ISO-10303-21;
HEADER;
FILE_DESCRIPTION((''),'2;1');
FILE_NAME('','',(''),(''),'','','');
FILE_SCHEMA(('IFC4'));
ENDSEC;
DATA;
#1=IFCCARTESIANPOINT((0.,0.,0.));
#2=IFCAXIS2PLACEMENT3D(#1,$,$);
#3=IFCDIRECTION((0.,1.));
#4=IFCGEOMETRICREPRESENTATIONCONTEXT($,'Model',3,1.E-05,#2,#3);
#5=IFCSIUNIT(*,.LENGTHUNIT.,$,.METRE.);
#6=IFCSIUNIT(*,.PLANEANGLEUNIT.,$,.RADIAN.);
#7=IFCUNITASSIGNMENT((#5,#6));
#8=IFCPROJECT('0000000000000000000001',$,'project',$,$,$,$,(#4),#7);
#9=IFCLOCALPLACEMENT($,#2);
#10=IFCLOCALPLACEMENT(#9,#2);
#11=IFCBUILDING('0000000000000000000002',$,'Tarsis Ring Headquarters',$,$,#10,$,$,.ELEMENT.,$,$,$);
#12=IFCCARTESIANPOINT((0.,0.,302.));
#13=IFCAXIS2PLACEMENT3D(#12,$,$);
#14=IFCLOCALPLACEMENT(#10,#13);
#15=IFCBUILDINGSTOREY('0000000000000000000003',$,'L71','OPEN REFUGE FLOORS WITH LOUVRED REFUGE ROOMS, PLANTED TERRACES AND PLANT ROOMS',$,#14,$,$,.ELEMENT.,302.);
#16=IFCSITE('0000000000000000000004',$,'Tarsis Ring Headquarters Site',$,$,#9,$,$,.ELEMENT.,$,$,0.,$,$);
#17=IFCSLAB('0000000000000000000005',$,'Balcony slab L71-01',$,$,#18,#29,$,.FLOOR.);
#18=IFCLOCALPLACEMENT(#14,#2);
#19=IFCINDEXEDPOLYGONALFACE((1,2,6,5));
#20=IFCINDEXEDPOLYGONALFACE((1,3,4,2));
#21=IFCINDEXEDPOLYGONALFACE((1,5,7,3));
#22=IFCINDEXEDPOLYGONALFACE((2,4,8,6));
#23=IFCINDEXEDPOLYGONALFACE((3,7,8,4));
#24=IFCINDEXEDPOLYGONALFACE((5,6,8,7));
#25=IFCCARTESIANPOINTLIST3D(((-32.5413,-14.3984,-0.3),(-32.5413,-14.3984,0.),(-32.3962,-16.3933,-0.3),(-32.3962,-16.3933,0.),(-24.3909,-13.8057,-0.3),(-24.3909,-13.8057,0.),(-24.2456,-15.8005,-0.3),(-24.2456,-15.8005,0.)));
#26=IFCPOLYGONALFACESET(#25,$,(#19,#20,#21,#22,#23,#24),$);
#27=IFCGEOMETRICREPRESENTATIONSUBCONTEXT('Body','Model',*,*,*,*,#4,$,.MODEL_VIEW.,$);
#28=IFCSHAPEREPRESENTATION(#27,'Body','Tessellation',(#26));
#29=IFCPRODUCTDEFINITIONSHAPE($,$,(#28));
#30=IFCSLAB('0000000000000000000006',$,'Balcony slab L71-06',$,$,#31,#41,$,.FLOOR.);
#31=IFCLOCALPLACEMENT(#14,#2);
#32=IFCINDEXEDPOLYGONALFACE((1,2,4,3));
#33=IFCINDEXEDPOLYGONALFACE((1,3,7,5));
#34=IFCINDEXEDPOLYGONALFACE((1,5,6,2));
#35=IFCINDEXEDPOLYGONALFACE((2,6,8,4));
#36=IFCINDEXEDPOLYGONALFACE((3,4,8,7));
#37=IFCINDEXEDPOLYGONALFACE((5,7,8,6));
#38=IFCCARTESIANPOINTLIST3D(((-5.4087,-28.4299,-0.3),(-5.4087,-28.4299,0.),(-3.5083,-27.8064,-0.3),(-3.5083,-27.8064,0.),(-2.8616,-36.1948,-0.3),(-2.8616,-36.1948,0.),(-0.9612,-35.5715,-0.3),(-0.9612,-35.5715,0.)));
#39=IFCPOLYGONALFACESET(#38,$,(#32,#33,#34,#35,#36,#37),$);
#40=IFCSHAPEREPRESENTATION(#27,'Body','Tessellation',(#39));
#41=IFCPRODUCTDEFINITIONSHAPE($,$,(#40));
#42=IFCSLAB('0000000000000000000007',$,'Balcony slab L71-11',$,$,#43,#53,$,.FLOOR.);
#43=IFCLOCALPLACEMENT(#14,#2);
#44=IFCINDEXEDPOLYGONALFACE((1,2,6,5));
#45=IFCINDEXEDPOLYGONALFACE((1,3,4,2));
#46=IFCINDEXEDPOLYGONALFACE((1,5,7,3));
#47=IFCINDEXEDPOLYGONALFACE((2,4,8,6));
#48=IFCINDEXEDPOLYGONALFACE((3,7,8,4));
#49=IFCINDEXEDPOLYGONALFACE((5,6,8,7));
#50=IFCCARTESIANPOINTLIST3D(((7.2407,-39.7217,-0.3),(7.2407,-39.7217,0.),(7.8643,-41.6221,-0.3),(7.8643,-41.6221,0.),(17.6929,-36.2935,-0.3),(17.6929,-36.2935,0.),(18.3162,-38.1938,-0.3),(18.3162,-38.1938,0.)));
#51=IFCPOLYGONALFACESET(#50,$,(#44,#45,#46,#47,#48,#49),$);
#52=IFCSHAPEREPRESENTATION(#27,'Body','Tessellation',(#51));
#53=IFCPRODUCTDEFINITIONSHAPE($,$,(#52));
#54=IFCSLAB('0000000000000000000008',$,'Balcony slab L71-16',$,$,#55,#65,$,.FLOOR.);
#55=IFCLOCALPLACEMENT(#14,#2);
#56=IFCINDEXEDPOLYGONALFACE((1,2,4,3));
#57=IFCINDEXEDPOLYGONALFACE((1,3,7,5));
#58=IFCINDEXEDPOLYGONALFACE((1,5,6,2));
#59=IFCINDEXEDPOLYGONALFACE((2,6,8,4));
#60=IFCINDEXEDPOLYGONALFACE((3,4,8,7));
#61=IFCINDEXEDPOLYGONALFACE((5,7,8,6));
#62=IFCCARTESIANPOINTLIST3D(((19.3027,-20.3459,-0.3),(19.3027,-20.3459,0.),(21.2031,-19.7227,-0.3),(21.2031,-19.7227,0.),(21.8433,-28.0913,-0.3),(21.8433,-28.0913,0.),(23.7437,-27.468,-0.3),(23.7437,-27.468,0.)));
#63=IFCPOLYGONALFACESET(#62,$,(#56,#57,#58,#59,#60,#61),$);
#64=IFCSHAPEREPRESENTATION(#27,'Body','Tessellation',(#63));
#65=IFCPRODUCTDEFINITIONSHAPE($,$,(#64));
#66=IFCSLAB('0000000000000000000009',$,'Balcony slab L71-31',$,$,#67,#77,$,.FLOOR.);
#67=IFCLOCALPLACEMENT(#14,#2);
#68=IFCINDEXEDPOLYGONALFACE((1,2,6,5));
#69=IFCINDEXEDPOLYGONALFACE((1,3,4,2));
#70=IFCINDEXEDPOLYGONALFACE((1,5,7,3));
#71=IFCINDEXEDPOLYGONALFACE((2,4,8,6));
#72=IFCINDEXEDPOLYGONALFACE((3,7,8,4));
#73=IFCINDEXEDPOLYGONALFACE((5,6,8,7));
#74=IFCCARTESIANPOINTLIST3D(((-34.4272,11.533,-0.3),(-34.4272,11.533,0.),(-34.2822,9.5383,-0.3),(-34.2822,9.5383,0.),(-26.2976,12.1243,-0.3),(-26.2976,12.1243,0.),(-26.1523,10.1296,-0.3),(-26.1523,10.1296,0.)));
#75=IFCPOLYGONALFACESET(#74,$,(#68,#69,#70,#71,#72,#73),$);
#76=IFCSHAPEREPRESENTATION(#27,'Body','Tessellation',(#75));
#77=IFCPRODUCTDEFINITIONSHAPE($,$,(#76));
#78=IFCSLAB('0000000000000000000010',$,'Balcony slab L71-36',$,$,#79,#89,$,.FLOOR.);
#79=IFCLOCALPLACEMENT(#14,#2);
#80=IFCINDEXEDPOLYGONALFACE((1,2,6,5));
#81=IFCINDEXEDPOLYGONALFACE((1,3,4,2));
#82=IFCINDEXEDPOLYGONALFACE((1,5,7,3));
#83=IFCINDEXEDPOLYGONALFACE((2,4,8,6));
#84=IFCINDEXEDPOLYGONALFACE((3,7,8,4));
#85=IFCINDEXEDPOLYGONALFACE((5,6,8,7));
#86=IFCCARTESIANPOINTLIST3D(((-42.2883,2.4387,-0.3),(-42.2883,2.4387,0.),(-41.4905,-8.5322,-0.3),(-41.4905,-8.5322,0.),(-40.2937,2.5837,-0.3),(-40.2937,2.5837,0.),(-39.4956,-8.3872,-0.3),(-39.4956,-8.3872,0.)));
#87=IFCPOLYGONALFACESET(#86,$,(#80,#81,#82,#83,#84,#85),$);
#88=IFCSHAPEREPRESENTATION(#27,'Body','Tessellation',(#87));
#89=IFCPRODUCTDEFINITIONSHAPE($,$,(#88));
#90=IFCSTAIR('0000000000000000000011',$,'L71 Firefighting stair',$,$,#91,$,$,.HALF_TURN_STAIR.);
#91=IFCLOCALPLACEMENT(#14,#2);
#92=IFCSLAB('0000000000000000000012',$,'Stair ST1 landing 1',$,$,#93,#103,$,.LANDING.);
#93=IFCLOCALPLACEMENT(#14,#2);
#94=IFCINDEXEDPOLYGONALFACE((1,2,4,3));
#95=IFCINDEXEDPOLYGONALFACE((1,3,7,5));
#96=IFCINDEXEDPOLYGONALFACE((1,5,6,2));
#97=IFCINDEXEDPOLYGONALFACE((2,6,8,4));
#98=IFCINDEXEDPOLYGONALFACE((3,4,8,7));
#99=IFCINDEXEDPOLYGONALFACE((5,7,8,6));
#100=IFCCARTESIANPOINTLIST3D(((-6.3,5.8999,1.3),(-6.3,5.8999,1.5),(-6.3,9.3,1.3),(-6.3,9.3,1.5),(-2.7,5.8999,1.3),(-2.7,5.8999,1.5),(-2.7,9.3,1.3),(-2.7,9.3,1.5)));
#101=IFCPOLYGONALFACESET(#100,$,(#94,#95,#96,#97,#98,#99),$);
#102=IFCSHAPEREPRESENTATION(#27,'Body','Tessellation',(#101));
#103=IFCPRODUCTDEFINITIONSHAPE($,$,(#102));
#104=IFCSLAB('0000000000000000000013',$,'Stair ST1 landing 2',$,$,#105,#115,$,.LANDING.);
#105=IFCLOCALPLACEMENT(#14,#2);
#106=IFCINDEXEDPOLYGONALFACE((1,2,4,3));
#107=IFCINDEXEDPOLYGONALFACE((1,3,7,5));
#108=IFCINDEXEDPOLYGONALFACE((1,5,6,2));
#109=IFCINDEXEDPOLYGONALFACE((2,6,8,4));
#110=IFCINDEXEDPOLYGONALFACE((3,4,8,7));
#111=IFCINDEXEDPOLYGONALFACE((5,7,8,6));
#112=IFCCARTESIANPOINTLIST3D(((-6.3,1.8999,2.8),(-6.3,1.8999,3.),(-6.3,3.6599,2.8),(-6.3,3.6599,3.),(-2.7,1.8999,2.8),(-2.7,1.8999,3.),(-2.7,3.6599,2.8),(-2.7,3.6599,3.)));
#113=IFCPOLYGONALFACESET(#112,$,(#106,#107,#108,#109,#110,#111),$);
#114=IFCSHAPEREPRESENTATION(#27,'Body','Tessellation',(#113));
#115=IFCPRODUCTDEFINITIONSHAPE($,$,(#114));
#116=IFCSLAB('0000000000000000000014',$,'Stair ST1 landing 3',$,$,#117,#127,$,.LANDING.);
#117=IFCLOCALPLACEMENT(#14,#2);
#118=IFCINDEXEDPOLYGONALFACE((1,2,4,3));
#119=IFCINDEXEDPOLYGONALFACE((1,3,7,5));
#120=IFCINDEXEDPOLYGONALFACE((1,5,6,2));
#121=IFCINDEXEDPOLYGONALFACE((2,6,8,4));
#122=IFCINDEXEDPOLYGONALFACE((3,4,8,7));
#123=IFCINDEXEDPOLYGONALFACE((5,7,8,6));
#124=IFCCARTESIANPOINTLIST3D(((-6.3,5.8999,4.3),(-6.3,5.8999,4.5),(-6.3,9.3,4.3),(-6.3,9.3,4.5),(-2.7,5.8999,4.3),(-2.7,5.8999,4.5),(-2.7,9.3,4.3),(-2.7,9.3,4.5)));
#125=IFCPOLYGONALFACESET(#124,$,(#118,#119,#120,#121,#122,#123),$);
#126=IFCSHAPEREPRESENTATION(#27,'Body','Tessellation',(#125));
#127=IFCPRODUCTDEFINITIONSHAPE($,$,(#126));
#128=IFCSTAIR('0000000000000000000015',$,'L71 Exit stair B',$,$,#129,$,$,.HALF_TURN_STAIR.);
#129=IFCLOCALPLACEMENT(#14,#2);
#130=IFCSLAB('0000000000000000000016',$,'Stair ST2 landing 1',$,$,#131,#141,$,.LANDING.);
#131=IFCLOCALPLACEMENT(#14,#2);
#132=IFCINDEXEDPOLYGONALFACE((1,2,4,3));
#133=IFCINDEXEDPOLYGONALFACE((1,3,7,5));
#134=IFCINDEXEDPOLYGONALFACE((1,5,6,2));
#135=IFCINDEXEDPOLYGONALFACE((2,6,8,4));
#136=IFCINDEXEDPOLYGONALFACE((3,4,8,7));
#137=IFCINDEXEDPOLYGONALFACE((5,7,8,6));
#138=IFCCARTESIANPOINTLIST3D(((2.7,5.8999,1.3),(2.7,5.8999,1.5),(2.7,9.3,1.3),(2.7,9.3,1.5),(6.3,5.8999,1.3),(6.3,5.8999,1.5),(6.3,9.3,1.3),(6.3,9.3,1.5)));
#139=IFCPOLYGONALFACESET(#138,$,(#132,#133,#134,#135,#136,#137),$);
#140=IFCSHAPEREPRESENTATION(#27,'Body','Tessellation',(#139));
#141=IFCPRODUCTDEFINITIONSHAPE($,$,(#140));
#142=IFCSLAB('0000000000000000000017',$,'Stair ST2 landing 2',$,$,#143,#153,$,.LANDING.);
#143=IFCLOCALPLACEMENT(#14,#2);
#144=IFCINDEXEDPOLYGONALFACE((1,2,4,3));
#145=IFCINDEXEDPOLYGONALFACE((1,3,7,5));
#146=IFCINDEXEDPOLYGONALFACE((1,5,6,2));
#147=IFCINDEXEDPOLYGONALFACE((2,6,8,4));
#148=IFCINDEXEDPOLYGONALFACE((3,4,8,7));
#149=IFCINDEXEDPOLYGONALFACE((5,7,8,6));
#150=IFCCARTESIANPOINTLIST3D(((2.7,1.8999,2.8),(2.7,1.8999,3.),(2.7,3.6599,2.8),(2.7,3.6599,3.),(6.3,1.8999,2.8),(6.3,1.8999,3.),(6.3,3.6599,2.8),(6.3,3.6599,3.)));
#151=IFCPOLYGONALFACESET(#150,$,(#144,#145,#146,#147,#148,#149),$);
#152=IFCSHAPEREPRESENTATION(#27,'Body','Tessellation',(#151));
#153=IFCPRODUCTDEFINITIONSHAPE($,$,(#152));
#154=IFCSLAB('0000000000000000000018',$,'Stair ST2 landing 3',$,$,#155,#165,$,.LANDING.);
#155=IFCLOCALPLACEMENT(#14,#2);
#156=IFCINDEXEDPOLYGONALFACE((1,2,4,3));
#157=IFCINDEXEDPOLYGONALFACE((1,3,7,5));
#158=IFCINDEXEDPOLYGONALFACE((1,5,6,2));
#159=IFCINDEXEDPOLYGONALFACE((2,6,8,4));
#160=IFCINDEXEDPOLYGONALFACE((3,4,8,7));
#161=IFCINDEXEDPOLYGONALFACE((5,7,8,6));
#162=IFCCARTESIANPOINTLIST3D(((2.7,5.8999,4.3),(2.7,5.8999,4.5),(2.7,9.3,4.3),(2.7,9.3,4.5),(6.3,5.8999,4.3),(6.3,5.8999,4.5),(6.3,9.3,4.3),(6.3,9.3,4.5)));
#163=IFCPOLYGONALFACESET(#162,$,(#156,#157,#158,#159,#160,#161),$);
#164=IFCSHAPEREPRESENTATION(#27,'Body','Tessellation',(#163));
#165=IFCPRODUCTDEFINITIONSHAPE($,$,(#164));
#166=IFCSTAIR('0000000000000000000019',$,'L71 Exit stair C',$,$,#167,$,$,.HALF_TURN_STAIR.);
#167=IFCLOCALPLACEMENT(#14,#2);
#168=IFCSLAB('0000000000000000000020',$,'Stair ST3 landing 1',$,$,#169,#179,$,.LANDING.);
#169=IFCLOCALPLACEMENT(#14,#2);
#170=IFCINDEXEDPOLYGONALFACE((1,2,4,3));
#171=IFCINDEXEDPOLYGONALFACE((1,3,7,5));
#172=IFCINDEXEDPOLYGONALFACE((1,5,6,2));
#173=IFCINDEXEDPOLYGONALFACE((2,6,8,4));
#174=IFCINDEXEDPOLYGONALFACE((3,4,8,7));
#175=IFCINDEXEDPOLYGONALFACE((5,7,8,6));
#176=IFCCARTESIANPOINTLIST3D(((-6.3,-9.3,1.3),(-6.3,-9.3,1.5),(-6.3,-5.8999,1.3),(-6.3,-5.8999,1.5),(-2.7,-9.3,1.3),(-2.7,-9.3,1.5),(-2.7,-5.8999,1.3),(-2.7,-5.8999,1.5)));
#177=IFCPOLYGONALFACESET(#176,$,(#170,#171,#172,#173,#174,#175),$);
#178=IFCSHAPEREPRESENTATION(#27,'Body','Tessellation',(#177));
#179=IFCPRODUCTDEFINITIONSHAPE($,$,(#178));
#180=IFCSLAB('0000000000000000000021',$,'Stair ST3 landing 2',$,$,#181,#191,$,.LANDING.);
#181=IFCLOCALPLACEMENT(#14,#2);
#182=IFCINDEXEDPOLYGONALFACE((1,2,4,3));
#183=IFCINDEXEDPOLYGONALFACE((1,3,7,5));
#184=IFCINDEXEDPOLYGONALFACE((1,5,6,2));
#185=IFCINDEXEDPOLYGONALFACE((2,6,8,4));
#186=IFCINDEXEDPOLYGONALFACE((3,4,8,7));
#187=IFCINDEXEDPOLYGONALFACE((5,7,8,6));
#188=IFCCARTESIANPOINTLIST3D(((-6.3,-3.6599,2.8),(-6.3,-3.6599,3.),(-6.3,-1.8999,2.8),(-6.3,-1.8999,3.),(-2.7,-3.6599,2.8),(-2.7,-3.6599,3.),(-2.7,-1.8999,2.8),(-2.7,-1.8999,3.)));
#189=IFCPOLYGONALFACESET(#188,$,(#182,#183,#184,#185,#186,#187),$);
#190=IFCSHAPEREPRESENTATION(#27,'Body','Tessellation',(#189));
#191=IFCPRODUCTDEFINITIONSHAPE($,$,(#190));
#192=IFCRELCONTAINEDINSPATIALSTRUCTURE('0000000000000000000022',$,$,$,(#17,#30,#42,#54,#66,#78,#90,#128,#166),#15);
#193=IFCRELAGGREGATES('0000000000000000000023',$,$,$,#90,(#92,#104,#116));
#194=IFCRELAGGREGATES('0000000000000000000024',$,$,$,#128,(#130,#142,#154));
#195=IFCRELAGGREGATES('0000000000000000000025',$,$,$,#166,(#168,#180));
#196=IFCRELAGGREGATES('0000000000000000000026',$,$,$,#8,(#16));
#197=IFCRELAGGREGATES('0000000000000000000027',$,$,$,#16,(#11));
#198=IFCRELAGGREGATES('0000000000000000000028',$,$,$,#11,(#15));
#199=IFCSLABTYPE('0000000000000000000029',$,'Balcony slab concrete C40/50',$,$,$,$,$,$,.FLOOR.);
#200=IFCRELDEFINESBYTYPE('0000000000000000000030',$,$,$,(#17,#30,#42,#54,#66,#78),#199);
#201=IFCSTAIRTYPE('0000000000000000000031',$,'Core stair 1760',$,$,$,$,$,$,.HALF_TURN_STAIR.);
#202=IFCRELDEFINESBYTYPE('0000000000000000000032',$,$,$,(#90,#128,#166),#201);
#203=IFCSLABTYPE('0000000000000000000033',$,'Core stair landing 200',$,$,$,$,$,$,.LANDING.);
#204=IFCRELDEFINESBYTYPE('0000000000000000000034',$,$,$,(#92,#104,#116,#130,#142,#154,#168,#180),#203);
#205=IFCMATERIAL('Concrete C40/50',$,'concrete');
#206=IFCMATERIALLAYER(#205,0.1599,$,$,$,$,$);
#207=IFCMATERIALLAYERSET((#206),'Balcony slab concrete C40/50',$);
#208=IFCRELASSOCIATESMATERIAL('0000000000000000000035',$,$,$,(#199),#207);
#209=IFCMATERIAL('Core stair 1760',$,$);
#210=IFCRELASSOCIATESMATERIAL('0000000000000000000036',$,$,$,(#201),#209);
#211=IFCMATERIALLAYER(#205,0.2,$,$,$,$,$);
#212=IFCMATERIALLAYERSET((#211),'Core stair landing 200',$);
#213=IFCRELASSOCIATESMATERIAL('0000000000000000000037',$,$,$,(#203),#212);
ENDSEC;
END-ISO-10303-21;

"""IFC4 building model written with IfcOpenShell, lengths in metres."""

from ifc_helpers import new_model, si_unit, direction, frame, origin, place, context, subcontext, project, spatial, polyline, outline, extrude, material, layer, layer_set, type_object, element, aggregate, save


model = new_model("IFC4")

# Units and contexts
model_context = context("Model", 3, precision=1e-05, world=origin(), true_north=direction((0.0, 1.0)))
body_context = subcontext(model_context, "Body", "Model", "MODEL_VIEW")
ifc_project = project(units=[si_unit("LENGTHUNIT", "METRE"), si_unit("PLANEANGLEUNIT", "RADIAN")], contexts=[model_context])

# Site, building, storey
site_placement = place(None, origin())
site = spatial("IfcSite", under=ifc_project, at=site_placement, Name="Tarsis Ring Headquarters Site", CompositionType="ELEMENT", RefElevation=0.0)
building_placement = place(site_placement, origin())
building = spatial("IfcBuilding", under=site, at=building_placement, Name="Tarsis Ring Headquarters", CompositionType="ELEMENT")
storey_placement = place(building_placement, frame((0.0, 0.0, 302.0)))
storey = spatial("IfcBuildingStorey", under=building, at=storey_placement, Name="L71", Description="OPEN REFUGE FLOORS WITH LOUVRED REFUGE ROOMS, PLANTED TERRACES AND PLANT ROOMS", CompositionType="ELEMENT", Elevation=302.0)

# Slabs
ifc_material_1 = material(Name="Concrete C40/50", Category="concrete")
ifc_layer_1 = layer(ifc_material_1, 0.1599)
ifc_layer_set_1 = layer_set([ifc_layer_1], Name="Balcony slab concrete C40/50")
slab_type_1 = type_object("IfcSlabType", Name="Balcony slab concrete C40/50", PredefinedType="FLOOR", material=ifc_layer_set_1)
slab_1_placement = place(storey_placement, frame((0.0, 0.0, -0.3)))
element("IfcSlab", 1, at=slab_1_placement, inside=storey, type_object=slab_type_1, Name="Balcony slab L71-01", PredefinedType="FLOOR", context=body_context, shape_type="SweptSolid", body=[
    extrude(outline(polyline([(-32.5413, -14.3984), (-32.3962, -16.3933), (-24.2456, -15.8005), (-24.3909, -13.8057), (-32.5413, -14.3984)])), origin(), (0.0, 0.0, 1.0), 0.3),
])
slab_2_placement = place(storey_placement, frame((0.0, 0.0, -0.3)))
element("IfcSlab", 2, at=slab_2_placement, inside=storey, type_object=slab_type_1, Name="Balcony slab L71-06", PredefinedType="FLOOR", context=body_context, shape_type="SweptSolid", body=[
    extrude(outline(polyline([(-3.5083, -27.8064), (-5.4087, -28.4299), (-2.8616, -36.1948), (-0.9612, -35.5715), (-3.5083, -27.8064)])), origin(), (0.0, 0.0, 1.0), 0.3),
])
slab_3_placement = place(storey_placement, frame((0.0, 0.0, -0.3)))
element("IfcSlab", 3, at=slab_3_placement, inside=storey, type_object=slab_type_1, Name="Balcony slab L71-11", PredefinedType="FLOOR", context=body_context, shape_type="SweptSolid", body=[
    extrude(outline(polyline([(7.2407, -39.7217), (7.8643, -41.6221), (18.3162, -38.1938), (17.6929, -36.2935), (7.2407, -39.7217)])), origin(), (0.0, 0.0, 1.0), 0.3),
])
slab_4_placement = place(storey_placement, frame((0.0, 0.0, -0.3)))
element("IfcSlab", 4, at=slab_4_placement, inside=storey, type_object=slab_type_1, Name="Balcony slab L71-16", PredefinedType="FLOOR", context=body_context, shape_type="SweptSolid", body=[
    extrude(outline(polyline([(21.8433, -28.0913), (23.7437, -27.468), (21.2031, -19.7227), (19.3027, -20.3459), (21.8433, -28.0913)])), origin(), (0.0, 0.0, 1.0), 0.3),
])
slab_5_placement = place(storey_placement, frame((0.0, 0.0, -0.3)))
element("IfcSlab", 5, at=slab_5_placement, inside=storey, type_object=slab_type_1, Name="Balcony slab L71-31", PredefinedType="FLOOR", context=body_context, shape_type="SweptSolid", body=[
    extrude(outline(polyline([(-26.1523, 10.1296), (-26.2976, 12.1243), (-34.4272, 11.533), (-34.2822, 9.5383), (-26.1523, 10.1296)])), origin(), (0.0, 0.0, 1.0), 0.3),
])
slab_6_placement = place(storey_placement, frame((0.0, 0.0, -0.3)))
element("IfcSlab", 6, at=slab_6_placement, inside=storey, type_object=slab_type_1, Name="Balcony slab L71-36", PredefinedType="FLOOR", context=body_context, shape_type="SweptSolid", body=[
    extrude(outline(polyline([(-40.2937, 2.5837), (-42.2883, 2.4387), (-41.4905, -8.5322), (-39.4956, -8.3872), (-40.2937, 2.5837)])), origin(), (0.0, 0.0, 1.0), 0.3),
])

# Stairs, slabs
ifc_material_2 = material(Name="Core stair 1760")
stair_type = type_object("IfcStairType", Name="Core stair 1760", PredefinedType="HALF_TURN_STAIR", material=ifc_material_2)
stair_1_placement = place(storey_placement, origin())
stair_1 = element("IfcStair", 7, at=stair_1_placement, inside=storey, type_object=stair_type, Name="L71 Firefighting stair", PredefinedType="HALF_TURN_STAIR")
ifc_layer_2 = layer(ifc_material_1, 0.2)
ifc_layer_set_2 = layer_set([ifc_layer_2], Name="Core stair landing 200")
slab_type_2 = type_object("IfcSlabType", Name="Core stair landing 200", PredefinedType="LANDING", material=ifc_layer_set_2)
slab_7_placement = place(storey_placement, frame((0.0, 0.0, 1.3)))
slab_7 = element("IfcSlab", 8, at=slab_7_placement, type_object=slab_type_2, Name="Stair ST1 landing 1", PredefinedType="LANDING", context=body_context, shape_type="SweptSolid", body=[
    extrude(outline(polyline([(-2.7, 5.8999), (-2.7, 9.3), (-6.3, 9.3), (-6.3, 5.8999), (-2.7, 5.8999)])), origin(), (0.0, 0.0, 1.0), 0.2),
])
slab_8_placement = place(storey_placement, frame((0.0, 0.0, 2.8)))
slab_8 = element("IfcSlab", 9, at=slab_8_placement, type_object=slab_type_2, Name="Stair ST1 landing 2", PredefinedType="LANDING", context=body_context, shape_type="SweptSolid", body=[
    extrude(outline(polyline([(-2.7, 1.8999), (-2.7, 3.6599), (-6.3, 3.6599), (-6.3, 1.8999), (-2.7, 1.8999)])), origin(), (0.0, 0.0, 1.0), 0.2),
])
slab_9_placement = place(storey_placement, frame((0.0, 0.0, 4.3)))
slab_9 = element("IfcSlab", 10, at=slab_9_placement, type_object=slab_type_2, Name="Stair ST1 landing 3", PredefinedType="LANDING", context=body_context, shape_type="SweptSolid", body=[
    extrude(outline(polyline([(-2.7, 5.8999), (-2.7, 9.3), (-6.3, 9.3), (-6.3, 5.8999), (-2.7, 5.8999)])), origin(), (0.0, 0.0, 1.0), 0.2),
])
aggregate(stair_1, [slab_7, slab_8, slab_9])
stair_2_placement = place(storey_placement, origin())
stair_2 = element("IfcStair", 11, at=stair_2_placement, inside=storey, type_object=stair_type, Name="L71 Exit stair B", PredefinedType="HALF_TURN_STAIR")
slab_10_placement = place(storey_placement, frame((0.0, 0.0, 1.3)))
slab_10 = element("IfcSlab", 12, at=slab_10_placement, type_object=slab_type_2, Name="Stair ST2 landing 1", PredefinedType="LANDING", context=body_context, shape_type="SweptSolid", body=[
    extrude(outline(polyline([(6.3, 5.8999), (6.3, 9.3), (2.7, 9.3), (2.7, 5.8999), (6.3, 5.8999)])), origin(), (0.0, 0.0, 1.0), 0.2),
])
slab_11_placement = place(storey_placement, frame((0.0, 0.0, 2.8)))
slab_11 = element("IfcSlab", 13, at=slab_11_placement, type_object=slab_type_2, Name="Stair ST2 landing 2", PredefinedType="LANDING", context=body_context, shape_type="SweptSolid", body=[
    extrude(outline(polyline([(6.3, 1.8999), (6.3, 3.6599), (2.7, 3.6599), (2.7, 1.8999), (6.3, 1.8999)])), origin(), (0.0, 0.0, 1.0), 0.2),
])
slab_12_placement = place(storey_placement, frame((0.0, 0.0, 4.3)))
slab_12 = element("IfcSlab", 14, at=slab_12_placement, type_object=slab_type_2, Name="Stair ST2 landing 3", PredefinedType="LANDING", context=body_context, shape_type="SweptSolid", body=[
    extrude(outline(polyline([(6.3, 5.8999), (6.3, 9.3), (2.7, 9.3), (2.7, 5.8999), (6.3, 5.8999)])), origin(), (0.0, 0.0, 1.0), 0.2),
])
aggregate(stair_2, [slab_10, slab_11, slab_12])
stair_3_placement = place(storey_placement, origin())
stair_3 = element("IfcStair", 15, at=stair_3_placement, inside=storey, type_object=stair_type, Name="L71 Exit stair C", PredefinedType="HALF_TURN_STAIR")
slab_13_placement = place(storey_placement, frame((0.0, 0.0, 1.3)))
slab_13 = element("IfcSlab", 16, at=slab_13_placement, type_object=slab_type_2, Name="Stair ST3 landing 1", PredefinedType="LANDING", context=body_context, shape_type="SweptSolid", body=[
    extrude(outline(polyline([(-6.3, -5.8999), (-6.3, -9.3), (-2.7, -9.3), (-2.7, -5.8999), (-6.3, -5.8999)])), origin(), (0.0, 0.0, 1.0), 0.2),
])
slab_14_placement = place(storey_placement, frame((0.0, 0.0, 2.8)))
slab_14 = element("IfcSlab", 17, at=slab_14_placement, type_object=slab_type_2, Name="Stair ST3 landing 2", PredefinedType="LANDING", context=body_context, shape_type="SweptSolid", body=[
    extrude(outline(polyline([(-6.3, -1.8999), (-6.3, -3.6599), (-2.7, -3.6599), (-2.7, -1.8999), (-6.3, -1.8999)])), origin(), (0.0, 0.0, 1.0), 0.2),
])
aggregate(stair_3, [slab_13, slab_14])

save(model, "model.ifc")
